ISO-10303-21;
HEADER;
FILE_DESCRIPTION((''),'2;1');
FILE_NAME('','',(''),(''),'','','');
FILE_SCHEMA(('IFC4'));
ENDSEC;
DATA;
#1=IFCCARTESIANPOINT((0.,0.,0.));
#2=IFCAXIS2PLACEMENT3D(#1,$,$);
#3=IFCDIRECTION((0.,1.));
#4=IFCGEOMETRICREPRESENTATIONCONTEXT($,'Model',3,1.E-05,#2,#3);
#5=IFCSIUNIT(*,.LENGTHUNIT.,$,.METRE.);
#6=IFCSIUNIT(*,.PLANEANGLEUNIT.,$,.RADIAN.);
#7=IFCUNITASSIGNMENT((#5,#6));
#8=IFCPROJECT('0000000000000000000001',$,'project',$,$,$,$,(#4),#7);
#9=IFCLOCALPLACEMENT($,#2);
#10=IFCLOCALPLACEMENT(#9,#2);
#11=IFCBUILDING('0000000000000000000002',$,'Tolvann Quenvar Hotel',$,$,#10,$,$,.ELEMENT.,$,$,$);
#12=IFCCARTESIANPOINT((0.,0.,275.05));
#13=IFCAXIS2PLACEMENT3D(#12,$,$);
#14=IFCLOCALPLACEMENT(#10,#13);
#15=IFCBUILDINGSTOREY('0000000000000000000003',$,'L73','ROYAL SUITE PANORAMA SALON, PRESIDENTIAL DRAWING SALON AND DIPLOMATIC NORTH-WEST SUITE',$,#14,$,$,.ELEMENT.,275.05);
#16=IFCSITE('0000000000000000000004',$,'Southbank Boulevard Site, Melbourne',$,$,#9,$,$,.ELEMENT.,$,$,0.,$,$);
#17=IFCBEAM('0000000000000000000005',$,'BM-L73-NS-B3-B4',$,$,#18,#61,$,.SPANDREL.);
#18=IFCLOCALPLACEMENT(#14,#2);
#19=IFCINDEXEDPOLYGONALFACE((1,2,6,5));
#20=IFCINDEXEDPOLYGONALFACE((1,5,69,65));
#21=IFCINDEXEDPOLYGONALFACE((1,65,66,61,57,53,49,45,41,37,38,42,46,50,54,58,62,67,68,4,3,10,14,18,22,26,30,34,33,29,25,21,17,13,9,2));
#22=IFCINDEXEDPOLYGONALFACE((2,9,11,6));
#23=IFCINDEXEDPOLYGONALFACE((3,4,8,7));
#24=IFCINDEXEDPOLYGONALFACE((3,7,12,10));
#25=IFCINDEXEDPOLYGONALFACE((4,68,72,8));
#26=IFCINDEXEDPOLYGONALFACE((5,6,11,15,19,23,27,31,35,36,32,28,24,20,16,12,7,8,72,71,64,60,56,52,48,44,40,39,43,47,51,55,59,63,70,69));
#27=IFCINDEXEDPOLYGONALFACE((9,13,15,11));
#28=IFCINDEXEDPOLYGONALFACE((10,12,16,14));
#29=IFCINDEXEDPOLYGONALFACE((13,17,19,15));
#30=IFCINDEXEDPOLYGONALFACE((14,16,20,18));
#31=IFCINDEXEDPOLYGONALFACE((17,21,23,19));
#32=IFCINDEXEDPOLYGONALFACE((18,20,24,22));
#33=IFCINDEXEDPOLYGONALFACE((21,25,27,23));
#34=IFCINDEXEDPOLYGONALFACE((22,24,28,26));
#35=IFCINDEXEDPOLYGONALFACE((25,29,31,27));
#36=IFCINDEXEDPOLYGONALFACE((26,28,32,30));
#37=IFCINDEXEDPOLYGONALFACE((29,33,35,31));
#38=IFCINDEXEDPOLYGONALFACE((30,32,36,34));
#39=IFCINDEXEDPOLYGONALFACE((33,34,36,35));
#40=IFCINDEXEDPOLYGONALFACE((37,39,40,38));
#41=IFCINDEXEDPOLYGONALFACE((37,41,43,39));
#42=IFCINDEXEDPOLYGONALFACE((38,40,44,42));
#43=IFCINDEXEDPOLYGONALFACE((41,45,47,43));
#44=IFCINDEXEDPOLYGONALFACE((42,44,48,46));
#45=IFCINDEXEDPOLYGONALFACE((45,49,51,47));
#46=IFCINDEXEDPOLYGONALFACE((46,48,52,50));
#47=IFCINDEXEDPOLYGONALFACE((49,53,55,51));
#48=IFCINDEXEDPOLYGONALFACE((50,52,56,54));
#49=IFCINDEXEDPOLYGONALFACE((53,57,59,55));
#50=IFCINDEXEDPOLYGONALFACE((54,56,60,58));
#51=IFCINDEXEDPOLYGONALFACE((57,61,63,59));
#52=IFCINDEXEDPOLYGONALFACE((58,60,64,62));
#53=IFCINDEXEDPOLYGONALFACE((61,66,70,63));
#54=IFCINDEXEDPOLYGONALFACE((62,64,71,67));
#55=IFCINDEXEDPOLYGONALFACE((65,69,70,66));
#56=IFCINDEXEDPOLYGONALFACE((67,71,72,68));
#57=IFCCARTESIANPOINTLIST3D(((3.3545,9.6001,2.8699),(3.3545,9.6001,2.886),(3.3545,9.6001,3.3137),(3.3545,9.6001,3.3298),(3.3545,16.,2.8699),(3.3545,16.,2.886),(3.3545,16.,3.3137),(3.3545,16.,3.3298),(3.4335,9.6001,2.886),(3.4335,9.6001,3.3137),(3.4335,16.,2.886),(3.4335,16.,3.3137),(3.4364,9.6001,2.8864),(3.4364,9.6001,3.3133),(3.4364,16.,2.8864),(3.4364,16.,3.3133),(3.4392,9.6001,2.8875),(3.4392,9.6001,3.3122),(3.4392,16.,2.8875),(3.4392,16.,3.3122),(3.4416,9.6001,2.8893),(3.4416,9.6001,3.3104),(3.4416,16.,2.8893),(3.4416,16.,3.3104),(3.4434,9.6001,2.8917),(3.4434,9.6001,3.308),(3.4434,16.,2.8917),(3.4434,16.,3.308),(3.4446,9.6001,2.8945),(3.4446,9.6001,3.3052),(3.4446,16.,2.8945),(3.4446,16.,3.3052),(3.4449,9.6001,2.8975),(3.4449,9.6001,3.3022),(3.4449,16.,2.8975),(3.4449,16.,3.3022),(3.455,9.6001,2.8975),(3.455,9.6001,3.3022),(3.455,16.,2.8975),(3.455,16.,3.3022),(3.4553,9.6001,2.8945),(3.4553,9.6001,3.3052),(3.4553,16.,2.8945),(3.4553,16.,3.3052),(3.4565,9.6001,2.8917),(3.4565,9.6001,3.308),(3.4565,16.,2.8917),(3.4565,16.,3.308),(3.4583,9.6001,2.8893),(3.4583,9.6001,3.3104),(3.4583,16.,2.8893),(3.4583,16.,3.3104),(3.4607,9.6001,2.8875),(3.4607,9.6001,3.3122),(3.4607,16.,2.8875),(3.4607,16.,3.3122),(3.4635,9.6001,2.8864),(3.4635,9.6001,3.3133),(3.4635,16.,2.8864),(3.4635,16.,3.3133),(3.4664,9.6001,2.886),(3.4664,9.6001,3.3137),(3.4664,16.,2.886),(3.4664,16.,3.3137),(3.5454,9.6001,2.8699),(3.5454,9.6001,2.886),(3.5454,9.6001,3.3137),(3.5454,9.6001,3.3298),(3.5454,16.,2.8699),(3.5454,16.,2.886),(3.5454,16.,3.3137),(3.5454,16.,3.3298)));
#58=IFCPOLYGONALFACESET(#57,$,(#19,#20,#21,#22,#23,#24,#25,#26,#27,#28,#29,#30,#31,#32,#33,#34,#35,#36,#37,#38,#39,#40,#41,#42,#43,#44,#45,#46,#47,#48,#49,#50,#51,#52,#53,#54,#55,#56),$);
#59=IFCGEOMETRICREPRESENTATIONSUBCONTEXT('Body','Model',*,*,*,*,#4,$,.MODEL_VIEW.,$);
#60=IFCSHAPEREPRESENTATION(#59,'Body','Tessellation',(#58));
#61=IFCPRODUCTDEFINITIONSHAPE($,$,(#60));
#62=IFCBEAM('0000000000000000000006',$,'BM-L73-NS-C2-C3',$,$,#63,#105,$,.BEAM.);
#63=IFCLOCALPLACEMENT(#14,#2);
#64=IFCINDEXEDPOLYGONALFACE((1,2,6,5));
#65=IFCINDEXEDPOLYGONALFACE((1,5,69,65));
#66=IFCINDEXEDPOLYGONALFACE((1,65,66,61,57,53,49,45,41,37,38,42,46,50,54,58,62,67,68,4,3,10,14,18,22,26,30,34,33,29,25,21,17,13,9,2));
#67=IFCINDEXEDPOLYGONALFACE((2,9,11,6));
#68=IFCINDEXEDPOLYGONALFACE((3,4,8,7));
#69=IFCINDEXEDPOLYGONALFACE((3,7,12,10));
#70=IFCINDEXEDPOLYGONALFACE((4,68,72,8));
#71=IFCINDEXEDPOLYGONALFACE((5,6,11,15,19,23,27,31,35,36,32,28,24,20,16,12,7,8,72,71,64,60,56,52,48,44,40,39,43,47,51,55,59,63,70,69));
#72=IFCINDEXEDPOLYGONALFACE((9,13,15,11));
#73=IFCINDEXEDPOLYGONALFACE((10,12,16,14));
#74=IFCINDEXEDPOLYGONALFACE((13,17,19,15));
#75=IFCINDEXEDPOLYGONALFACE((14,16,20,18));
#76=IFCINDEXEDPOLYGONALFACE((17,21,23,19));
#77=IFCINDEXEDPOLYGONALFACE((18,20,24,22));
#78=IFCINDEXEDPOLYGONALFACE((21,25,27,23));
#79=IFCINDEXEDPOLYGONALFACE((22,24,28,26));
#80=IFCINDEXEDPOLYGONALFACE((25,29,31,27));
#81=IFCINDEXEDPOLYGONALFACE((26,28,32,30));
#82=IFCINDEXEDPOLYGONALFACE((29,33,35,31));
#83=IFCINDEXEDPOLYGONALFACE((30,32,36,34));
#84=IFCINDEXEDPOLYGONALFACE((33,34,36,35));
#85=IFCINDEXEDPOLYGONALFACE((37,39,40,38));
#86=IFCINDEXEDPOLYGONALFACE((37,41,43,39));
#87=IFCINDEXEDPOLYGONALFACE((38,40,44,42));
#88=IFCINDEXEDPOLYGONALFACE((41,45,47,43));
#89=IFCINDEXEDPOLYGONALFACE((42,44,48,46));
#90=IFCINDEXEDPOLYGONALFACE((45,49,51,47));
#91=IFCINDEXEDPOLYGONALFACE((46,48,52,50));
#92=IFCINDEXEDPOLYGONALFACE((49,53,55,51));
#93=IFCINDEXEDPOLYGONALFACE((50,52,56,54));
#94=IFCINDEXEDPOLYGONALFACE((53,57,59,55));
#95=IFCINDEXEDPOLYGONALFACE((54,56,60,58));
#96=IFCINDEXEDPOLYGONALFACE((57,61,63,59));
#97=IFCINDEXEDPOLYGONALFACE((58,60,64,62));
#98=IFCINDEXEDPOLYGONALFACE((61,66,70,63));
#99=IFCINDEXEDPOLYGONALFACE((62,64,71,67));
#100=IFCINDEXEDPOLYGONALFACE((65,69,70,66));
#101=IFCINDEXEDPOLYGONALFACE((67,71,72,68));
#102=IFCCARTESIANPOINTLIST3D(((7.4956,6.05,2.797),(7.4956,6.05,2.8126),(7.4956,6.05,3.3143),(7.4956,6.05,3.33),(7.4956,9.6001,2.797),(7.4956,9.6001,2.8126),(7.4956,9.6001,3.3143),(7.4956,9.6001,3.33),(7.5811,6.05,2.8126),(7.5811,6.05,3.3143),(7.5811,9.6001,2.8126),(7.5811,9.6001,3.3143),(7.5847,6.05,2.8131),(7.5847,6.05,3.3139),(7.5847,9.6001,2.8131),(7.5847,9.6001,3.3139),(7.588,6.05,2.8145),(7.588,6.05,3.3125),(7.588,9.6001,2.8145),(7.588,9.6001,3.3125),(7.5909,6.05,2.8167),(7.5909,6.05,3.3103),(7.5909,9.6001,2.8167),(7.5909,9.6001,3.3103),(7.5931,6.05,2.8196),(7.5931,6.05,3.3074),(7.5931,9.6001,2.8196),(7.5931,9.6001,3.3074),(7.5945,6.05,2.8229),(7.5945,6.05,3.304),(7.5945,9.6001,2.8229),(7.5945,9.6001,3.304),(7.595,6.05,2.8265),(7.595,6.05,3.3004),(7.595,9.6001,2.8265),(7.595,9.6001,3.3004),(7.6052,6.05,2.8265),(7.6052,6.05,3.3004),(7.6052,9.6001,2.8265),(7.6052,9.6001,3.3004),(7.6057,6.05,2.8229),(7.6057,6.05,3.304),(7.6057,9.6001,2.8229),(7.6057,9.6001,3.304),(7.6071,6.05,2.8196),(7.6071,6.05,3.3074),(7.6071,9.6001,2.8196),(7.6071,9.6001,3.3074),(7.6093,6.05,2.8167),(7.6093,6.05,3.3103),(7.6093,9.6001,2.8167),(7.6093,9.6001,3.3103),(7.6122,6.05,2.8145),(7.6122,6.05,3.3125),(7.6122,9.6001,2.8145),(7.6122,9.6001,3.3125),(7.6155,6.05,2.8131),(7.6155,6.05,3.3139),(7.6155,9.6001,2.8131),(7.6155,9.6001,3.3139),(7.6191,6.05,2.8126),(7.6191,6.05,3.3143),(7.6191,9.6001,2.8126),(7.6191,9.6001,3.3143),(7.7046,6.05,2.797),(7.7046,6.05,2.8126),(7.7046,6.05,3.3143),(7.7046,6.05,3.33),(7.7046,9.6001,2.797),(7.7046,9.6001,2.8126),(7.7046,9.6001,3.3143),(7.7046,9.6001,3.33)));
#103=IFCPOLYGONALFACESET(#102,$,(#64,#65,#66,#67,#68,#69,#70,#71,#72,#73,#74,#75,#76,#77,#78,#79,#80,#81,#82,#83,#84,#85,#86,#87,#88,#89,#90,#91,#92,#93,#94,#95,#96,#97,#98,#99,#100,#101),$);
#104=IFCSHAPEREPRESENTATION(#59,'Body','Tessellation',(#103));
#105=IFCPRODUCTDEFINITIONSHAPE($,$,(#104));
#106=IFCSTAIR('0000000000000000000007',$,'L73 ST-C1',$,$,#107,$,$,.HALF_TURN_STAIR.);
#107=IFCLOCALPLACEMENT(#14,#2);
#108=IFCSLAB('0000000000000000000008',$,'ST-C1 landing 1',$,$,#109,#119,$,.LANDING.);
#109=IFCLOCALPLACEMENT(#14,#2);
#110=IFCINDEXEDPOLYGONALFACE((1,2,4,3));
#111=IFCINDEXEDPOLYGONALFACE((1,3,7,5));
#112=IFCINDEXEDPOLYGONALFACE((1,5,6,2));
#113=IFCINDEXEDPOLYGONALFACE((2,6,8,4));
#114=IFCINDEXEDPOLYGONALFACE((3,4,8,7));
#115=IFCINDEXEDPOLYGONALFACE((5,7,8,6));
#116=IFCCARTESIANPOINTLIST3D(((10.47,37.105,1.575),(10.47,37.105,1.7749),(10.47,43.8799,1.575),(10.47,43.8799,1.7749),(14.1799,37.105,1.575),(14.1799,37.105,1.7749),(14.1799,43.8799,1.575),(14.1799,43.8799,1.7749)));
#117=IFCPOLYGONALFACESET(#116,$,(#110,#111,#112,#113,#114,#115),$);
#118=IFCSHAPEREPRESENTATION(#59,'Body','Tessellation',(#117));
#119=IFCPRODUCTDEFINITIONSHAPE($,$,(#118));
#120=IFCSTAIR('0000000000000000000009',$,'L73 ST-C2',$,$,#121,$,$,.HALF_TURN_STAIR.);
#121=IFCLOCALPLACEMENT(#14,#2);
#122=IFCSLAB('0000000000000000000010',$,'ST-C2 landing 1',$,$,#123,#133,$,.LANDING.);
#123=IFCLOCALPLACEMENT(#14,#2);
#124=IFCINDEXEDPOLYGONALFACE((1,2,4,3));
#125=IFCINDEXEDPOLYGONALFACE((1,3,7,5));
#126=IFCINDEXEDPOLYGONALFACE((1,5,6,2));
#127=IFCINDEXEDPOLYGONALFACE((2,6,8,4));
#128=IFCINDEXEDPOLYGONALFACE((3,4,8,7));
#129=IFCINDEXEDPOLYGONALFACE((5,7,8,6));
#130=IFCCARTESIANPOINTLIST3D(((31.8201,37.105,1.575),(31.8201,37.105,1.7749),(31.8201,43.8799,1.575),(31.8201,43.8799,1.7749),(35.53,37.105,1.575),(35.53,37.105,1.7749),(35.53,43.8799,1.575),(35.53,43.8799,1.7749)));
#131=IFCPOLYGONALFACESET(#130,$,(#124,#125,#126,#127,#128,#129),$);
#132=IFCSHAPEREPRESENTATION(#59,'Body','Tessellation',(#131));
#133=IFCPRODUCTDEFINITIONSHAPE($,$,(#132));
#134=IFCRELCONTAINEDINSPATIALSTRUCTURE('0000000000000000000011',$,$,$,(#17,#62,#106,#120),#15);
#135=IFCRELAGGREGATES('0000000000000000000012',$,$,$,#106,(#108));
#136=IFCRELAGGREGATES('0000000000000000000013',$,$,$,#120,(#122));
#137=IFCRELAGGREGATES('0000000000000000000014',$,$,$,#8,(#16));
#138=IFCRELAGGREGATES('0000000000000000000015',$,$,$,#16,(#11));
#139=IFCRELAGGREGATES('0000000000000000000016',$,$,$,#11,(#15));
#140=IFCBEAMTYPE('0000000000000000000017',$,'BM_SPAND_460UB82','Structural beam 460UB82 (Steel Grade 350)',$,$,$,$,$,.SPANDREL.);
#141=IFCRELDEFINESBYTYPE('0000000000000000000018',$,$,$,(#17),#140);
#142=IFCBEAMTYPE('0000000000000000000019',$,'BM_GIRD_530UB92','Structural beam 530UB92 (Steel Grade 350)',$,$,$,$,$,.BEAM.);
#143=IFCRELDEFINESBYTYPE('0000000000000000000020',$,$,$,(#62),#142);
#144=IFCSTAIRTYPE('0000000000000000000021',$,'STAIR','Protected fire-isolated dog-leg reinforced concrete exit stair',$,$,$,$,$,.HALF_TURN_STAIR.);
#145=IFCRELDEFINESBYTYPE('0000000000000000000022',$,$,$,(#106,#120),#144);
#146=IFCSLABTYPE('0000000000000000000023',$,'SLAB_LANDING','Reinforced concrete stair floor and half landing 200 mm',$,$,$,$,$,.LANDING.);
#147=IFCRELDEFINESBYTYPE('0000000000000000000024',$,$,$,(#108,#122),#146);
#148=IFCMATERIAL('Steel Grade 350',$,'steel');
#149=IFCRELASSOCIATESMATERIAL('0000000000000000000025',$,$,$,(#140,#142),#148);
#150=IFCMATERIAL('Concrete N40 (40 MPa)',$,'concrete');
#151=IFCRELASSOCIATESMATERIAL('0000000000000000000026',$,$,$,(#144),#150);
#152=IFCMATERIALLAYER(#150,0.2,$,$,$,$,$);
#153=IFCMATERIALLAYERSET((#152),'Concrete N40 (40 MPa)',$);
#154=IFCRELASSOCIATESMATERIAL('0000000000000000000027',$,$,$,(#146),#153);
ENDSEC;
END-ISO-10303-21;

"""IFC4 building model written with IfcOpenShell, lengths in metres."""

from ifc_helpers import new_model, si_unit, direction, frame, origin, origin_2d, place, context, subcontext, project, spatial, polyline, i_section, outline, extrude, source, transform, mapped, material, layer, layer_set, material_profile, profile_set, type_object, element, aggregate, save


model = new_model("IFC4")

# Units and contexts
model_context = context("Model", 3, precision=1e-05, world=origin(), true_north=direction((0.0, 1.0)))
body_context = subcontext(model_context, "Body", "Model", "MODEL_VIEW")
ifc_project = project(units=[si_unit("LENGTHUNIT", "METRE"), si_unit("PLANEANGLEUNIT", "RADIAN")], contexts=[model_context])

# Site, building, storey
site_placement = place(None, origin())
site = spatial("IfcSite", under=ifc_project, at=site_placement, Name="Southbank Boulevard Site, Melbourne", CompositionType="ELEMENT", RefElevation=0.0)
building_placement = place(site_placement, origin())
building = spatial("IfcBuilding", under=site, at=building_placement, Name="Tolvann Quenvar Hotel", CompositionType="ELEMENT")
storey_placement = place(building_placement, frame((0.0, 0.0, 275.05)))
storey = spatial("IfcBuildingStorey", under=building, at=storey_placement, Name="L73", Description="ROYAL SUITE PANORAMA SALON, PRESIDENTIAL DRAWING SALON AND DIPLOMATIC NORTH-WEST SUITE", CompositionType="ELEMENT", Elevation=275.05)

# Shared definitions
ifc_material_1 = material(Name="Steel Grade 350", Category="steel")

# Beams
ifc_material_profile_1 = material_profile(ifc_material_1, i_section(OverallWidth=0.1909, OverallDepth=0.46, WebThickness=0.01, FlangeThickness=0.0161, FilletRadius=0.0115, at=origin_2d()), Name="460UB82")
ifc_profile_set_1 = profile_set([ifc_material_profile_1], Name="Steel Grade 350")
beam_type_1 = type_object("IfcBeamType", Name="BM_SPAND_460UB82", Description="Structural beam 460UB82 (Steel Grade 350)", PredefinedType="SPANDREL", material=ifc_profile_set_1)
ifc_material_profile_2 = material_profile(ifc_material_1, i_section(OverallWidth=0.209, OverallDepth=0.533, WebThickness=0.0103, FlangeThickness=0.0156, FilletRadius=0.0139, at=origin_2d()), Name="530UB92")
ifc_profile_set_2 = profile_set([ifc_material_profile_2], Name="Steel Grade 350")
beam_type_2 = type_object("IfcBeamType", Name="BM_GIRD_530UB92", Description="Structural beam 530UB92 (Steel Grade 350)", PredefinedType="BEAM", material=ifc_profile_set_2)
shared_shape_1 = source(origin(), body_context, "Body", "SweptSolid", [
    extrude(i_section(OverallWidth=0.1909, OverallDepth=0.46, WebThickness=0.01, FlangeThickness=0.0161, FilletRadius=0.0115, at=origin_2d()), origin(), (0.0, 0.0, 1.0), 6.3999),
])
beam_1_placement = place(storey_placement, frame((3.45, 9.6001, 3.0999), z_axis=(0.0, 1.0, 0.0), x_axis=(-1.0, 0.0, 0.0)))
element("IfcBeam", 1, at=beam_1_placement, inside=storey, type_object=beam_type_1, Name="BM-L73-NS-B3-B4", PredefinedType="SPANDREL", context=body_context, shape_type="MappedRepresentation", body=[
    mapped(shared_shape_1, transform((0.0, 0.0, 0.0), x_axis=(1.0, 0.0, 0.0), y_axis=(0.0, 1.0, 0.0), z_axis=(0.0, 0.0, 1.0), scale=1.0)),
])
shared_shape_2 = source(origin(), body_context, "Body", "SweptSolid", [
    extrude(i_section(OverallWidth=0.209, OverallDepth=0.533, WebThickness=0.0103, FlangeThickness=0.0156, FilletRadius=0.0139, at=origin_2d()), origin(), (0.0, 0.0, 1.0), 3.55),
])
beam_2_placement = place(storey_placement, frame((7.6001, 6.05, 3.0635), z_axis=(0.0, 1.0, 0.0), x_axis=(-1.0, 0.0, 0.0)))
element("IfcBeam", 2, at=beam_2_placement, inside=storey, type_object=beam_type_2, Name="BM-L73-NS-C2-C3", PredefinedType="BEAM", context=body_context, shape_type="MappedRepresentation", body=[
    mapped(shared_shape_2, transform((0.0, 0.0, 0.0), x_axis=(1.0, 0.0, 0.0), y_axis=(0.0, 1.0, 0.0), z_axis=(0.0, 0.0, 1.0), scale=1.0)),
])

# Stairs, slabs
ifc_material_2 = material(Name="Concrete N40 (40 MPa)", Category="concrete")
stair_type = type_object("IfcStairType", Name="STAIR", Description="Protected fire-isolated dog-leg reinforced concrete exit stair", PredefinedType="HALF_TURN_STAIR", material=ifc_material_2)
stair_1_placement = place(storey_placement, origin())
stair_1 = element("IfcStair", 3, at=stair_1_placement, inside=storey, type_object=stair_type, Name="L73 ST-C1", PredefinedType="HALF_TURN_STAIR")
ifc_layer_1 = layer(ifc_material_2, 0.2)
ifc_layer_set_1 = layer_set([ifc_layer_1], Name="Concrete N40 (40 MPa)")
slab_type_1 = type_object("IfcSlabType", Name="SLAB_LANDING", Description="Reinforced concrete stair floor and half landing 200 mm", PredefinedType="LANDING", material=ifc_layer_set_1)
slab_1_placement = place(storey_placement, frame((0.0, 0.0, 1.575)))
slab_1 = element("IfcSlab", 4, at=slab_1_placement, type_object=slab_type_1, Name="ST-C1 landing 1", PredefinedType="LANDING", context=body_context, shape_type="SweptSolid", body=[
    extrude(outline(polyline([(14.1799, 37.105), (14.1799, 43.8799), (10.47, 43.8799), (10.47, 37.105), (14.1799, 37.105)])), origin(), (0.0, 0.0, 1.0), 0.2),
])
aggregate(stair_1, [slab_1])
stair_2_placement = place(storey_placement, origin())
stair_2 = element("IfcStair", 5, at=stair_2_placement, inside=storey, type_object=stair_type, Name="L73 ST-C2", PredefinedType="HALF_TURN_STAIR")
slab_2_placement = place(storey_placement, frame((0.0, 0.0, 1.575)))
slab_2 = element("IfcSlab", 6, at=slab_2_placement, type_object=slab_type_1, Name="ST-C2 landing 1", PredefinedType="LANDING", context=body_context, shape_type="SweptSolid", body=[
    extrude(outline(polyline([(35.53, 37.105), (35.53, 43.8799), (31.8201, 43.8799), (31.8201, 37.105), (35.53, 37.105)])), origin(), (0.0, 0.0, 1.0), 0.2),
])
aggregate(stair_2, [slab_2])

save(model, "model.ifc")
